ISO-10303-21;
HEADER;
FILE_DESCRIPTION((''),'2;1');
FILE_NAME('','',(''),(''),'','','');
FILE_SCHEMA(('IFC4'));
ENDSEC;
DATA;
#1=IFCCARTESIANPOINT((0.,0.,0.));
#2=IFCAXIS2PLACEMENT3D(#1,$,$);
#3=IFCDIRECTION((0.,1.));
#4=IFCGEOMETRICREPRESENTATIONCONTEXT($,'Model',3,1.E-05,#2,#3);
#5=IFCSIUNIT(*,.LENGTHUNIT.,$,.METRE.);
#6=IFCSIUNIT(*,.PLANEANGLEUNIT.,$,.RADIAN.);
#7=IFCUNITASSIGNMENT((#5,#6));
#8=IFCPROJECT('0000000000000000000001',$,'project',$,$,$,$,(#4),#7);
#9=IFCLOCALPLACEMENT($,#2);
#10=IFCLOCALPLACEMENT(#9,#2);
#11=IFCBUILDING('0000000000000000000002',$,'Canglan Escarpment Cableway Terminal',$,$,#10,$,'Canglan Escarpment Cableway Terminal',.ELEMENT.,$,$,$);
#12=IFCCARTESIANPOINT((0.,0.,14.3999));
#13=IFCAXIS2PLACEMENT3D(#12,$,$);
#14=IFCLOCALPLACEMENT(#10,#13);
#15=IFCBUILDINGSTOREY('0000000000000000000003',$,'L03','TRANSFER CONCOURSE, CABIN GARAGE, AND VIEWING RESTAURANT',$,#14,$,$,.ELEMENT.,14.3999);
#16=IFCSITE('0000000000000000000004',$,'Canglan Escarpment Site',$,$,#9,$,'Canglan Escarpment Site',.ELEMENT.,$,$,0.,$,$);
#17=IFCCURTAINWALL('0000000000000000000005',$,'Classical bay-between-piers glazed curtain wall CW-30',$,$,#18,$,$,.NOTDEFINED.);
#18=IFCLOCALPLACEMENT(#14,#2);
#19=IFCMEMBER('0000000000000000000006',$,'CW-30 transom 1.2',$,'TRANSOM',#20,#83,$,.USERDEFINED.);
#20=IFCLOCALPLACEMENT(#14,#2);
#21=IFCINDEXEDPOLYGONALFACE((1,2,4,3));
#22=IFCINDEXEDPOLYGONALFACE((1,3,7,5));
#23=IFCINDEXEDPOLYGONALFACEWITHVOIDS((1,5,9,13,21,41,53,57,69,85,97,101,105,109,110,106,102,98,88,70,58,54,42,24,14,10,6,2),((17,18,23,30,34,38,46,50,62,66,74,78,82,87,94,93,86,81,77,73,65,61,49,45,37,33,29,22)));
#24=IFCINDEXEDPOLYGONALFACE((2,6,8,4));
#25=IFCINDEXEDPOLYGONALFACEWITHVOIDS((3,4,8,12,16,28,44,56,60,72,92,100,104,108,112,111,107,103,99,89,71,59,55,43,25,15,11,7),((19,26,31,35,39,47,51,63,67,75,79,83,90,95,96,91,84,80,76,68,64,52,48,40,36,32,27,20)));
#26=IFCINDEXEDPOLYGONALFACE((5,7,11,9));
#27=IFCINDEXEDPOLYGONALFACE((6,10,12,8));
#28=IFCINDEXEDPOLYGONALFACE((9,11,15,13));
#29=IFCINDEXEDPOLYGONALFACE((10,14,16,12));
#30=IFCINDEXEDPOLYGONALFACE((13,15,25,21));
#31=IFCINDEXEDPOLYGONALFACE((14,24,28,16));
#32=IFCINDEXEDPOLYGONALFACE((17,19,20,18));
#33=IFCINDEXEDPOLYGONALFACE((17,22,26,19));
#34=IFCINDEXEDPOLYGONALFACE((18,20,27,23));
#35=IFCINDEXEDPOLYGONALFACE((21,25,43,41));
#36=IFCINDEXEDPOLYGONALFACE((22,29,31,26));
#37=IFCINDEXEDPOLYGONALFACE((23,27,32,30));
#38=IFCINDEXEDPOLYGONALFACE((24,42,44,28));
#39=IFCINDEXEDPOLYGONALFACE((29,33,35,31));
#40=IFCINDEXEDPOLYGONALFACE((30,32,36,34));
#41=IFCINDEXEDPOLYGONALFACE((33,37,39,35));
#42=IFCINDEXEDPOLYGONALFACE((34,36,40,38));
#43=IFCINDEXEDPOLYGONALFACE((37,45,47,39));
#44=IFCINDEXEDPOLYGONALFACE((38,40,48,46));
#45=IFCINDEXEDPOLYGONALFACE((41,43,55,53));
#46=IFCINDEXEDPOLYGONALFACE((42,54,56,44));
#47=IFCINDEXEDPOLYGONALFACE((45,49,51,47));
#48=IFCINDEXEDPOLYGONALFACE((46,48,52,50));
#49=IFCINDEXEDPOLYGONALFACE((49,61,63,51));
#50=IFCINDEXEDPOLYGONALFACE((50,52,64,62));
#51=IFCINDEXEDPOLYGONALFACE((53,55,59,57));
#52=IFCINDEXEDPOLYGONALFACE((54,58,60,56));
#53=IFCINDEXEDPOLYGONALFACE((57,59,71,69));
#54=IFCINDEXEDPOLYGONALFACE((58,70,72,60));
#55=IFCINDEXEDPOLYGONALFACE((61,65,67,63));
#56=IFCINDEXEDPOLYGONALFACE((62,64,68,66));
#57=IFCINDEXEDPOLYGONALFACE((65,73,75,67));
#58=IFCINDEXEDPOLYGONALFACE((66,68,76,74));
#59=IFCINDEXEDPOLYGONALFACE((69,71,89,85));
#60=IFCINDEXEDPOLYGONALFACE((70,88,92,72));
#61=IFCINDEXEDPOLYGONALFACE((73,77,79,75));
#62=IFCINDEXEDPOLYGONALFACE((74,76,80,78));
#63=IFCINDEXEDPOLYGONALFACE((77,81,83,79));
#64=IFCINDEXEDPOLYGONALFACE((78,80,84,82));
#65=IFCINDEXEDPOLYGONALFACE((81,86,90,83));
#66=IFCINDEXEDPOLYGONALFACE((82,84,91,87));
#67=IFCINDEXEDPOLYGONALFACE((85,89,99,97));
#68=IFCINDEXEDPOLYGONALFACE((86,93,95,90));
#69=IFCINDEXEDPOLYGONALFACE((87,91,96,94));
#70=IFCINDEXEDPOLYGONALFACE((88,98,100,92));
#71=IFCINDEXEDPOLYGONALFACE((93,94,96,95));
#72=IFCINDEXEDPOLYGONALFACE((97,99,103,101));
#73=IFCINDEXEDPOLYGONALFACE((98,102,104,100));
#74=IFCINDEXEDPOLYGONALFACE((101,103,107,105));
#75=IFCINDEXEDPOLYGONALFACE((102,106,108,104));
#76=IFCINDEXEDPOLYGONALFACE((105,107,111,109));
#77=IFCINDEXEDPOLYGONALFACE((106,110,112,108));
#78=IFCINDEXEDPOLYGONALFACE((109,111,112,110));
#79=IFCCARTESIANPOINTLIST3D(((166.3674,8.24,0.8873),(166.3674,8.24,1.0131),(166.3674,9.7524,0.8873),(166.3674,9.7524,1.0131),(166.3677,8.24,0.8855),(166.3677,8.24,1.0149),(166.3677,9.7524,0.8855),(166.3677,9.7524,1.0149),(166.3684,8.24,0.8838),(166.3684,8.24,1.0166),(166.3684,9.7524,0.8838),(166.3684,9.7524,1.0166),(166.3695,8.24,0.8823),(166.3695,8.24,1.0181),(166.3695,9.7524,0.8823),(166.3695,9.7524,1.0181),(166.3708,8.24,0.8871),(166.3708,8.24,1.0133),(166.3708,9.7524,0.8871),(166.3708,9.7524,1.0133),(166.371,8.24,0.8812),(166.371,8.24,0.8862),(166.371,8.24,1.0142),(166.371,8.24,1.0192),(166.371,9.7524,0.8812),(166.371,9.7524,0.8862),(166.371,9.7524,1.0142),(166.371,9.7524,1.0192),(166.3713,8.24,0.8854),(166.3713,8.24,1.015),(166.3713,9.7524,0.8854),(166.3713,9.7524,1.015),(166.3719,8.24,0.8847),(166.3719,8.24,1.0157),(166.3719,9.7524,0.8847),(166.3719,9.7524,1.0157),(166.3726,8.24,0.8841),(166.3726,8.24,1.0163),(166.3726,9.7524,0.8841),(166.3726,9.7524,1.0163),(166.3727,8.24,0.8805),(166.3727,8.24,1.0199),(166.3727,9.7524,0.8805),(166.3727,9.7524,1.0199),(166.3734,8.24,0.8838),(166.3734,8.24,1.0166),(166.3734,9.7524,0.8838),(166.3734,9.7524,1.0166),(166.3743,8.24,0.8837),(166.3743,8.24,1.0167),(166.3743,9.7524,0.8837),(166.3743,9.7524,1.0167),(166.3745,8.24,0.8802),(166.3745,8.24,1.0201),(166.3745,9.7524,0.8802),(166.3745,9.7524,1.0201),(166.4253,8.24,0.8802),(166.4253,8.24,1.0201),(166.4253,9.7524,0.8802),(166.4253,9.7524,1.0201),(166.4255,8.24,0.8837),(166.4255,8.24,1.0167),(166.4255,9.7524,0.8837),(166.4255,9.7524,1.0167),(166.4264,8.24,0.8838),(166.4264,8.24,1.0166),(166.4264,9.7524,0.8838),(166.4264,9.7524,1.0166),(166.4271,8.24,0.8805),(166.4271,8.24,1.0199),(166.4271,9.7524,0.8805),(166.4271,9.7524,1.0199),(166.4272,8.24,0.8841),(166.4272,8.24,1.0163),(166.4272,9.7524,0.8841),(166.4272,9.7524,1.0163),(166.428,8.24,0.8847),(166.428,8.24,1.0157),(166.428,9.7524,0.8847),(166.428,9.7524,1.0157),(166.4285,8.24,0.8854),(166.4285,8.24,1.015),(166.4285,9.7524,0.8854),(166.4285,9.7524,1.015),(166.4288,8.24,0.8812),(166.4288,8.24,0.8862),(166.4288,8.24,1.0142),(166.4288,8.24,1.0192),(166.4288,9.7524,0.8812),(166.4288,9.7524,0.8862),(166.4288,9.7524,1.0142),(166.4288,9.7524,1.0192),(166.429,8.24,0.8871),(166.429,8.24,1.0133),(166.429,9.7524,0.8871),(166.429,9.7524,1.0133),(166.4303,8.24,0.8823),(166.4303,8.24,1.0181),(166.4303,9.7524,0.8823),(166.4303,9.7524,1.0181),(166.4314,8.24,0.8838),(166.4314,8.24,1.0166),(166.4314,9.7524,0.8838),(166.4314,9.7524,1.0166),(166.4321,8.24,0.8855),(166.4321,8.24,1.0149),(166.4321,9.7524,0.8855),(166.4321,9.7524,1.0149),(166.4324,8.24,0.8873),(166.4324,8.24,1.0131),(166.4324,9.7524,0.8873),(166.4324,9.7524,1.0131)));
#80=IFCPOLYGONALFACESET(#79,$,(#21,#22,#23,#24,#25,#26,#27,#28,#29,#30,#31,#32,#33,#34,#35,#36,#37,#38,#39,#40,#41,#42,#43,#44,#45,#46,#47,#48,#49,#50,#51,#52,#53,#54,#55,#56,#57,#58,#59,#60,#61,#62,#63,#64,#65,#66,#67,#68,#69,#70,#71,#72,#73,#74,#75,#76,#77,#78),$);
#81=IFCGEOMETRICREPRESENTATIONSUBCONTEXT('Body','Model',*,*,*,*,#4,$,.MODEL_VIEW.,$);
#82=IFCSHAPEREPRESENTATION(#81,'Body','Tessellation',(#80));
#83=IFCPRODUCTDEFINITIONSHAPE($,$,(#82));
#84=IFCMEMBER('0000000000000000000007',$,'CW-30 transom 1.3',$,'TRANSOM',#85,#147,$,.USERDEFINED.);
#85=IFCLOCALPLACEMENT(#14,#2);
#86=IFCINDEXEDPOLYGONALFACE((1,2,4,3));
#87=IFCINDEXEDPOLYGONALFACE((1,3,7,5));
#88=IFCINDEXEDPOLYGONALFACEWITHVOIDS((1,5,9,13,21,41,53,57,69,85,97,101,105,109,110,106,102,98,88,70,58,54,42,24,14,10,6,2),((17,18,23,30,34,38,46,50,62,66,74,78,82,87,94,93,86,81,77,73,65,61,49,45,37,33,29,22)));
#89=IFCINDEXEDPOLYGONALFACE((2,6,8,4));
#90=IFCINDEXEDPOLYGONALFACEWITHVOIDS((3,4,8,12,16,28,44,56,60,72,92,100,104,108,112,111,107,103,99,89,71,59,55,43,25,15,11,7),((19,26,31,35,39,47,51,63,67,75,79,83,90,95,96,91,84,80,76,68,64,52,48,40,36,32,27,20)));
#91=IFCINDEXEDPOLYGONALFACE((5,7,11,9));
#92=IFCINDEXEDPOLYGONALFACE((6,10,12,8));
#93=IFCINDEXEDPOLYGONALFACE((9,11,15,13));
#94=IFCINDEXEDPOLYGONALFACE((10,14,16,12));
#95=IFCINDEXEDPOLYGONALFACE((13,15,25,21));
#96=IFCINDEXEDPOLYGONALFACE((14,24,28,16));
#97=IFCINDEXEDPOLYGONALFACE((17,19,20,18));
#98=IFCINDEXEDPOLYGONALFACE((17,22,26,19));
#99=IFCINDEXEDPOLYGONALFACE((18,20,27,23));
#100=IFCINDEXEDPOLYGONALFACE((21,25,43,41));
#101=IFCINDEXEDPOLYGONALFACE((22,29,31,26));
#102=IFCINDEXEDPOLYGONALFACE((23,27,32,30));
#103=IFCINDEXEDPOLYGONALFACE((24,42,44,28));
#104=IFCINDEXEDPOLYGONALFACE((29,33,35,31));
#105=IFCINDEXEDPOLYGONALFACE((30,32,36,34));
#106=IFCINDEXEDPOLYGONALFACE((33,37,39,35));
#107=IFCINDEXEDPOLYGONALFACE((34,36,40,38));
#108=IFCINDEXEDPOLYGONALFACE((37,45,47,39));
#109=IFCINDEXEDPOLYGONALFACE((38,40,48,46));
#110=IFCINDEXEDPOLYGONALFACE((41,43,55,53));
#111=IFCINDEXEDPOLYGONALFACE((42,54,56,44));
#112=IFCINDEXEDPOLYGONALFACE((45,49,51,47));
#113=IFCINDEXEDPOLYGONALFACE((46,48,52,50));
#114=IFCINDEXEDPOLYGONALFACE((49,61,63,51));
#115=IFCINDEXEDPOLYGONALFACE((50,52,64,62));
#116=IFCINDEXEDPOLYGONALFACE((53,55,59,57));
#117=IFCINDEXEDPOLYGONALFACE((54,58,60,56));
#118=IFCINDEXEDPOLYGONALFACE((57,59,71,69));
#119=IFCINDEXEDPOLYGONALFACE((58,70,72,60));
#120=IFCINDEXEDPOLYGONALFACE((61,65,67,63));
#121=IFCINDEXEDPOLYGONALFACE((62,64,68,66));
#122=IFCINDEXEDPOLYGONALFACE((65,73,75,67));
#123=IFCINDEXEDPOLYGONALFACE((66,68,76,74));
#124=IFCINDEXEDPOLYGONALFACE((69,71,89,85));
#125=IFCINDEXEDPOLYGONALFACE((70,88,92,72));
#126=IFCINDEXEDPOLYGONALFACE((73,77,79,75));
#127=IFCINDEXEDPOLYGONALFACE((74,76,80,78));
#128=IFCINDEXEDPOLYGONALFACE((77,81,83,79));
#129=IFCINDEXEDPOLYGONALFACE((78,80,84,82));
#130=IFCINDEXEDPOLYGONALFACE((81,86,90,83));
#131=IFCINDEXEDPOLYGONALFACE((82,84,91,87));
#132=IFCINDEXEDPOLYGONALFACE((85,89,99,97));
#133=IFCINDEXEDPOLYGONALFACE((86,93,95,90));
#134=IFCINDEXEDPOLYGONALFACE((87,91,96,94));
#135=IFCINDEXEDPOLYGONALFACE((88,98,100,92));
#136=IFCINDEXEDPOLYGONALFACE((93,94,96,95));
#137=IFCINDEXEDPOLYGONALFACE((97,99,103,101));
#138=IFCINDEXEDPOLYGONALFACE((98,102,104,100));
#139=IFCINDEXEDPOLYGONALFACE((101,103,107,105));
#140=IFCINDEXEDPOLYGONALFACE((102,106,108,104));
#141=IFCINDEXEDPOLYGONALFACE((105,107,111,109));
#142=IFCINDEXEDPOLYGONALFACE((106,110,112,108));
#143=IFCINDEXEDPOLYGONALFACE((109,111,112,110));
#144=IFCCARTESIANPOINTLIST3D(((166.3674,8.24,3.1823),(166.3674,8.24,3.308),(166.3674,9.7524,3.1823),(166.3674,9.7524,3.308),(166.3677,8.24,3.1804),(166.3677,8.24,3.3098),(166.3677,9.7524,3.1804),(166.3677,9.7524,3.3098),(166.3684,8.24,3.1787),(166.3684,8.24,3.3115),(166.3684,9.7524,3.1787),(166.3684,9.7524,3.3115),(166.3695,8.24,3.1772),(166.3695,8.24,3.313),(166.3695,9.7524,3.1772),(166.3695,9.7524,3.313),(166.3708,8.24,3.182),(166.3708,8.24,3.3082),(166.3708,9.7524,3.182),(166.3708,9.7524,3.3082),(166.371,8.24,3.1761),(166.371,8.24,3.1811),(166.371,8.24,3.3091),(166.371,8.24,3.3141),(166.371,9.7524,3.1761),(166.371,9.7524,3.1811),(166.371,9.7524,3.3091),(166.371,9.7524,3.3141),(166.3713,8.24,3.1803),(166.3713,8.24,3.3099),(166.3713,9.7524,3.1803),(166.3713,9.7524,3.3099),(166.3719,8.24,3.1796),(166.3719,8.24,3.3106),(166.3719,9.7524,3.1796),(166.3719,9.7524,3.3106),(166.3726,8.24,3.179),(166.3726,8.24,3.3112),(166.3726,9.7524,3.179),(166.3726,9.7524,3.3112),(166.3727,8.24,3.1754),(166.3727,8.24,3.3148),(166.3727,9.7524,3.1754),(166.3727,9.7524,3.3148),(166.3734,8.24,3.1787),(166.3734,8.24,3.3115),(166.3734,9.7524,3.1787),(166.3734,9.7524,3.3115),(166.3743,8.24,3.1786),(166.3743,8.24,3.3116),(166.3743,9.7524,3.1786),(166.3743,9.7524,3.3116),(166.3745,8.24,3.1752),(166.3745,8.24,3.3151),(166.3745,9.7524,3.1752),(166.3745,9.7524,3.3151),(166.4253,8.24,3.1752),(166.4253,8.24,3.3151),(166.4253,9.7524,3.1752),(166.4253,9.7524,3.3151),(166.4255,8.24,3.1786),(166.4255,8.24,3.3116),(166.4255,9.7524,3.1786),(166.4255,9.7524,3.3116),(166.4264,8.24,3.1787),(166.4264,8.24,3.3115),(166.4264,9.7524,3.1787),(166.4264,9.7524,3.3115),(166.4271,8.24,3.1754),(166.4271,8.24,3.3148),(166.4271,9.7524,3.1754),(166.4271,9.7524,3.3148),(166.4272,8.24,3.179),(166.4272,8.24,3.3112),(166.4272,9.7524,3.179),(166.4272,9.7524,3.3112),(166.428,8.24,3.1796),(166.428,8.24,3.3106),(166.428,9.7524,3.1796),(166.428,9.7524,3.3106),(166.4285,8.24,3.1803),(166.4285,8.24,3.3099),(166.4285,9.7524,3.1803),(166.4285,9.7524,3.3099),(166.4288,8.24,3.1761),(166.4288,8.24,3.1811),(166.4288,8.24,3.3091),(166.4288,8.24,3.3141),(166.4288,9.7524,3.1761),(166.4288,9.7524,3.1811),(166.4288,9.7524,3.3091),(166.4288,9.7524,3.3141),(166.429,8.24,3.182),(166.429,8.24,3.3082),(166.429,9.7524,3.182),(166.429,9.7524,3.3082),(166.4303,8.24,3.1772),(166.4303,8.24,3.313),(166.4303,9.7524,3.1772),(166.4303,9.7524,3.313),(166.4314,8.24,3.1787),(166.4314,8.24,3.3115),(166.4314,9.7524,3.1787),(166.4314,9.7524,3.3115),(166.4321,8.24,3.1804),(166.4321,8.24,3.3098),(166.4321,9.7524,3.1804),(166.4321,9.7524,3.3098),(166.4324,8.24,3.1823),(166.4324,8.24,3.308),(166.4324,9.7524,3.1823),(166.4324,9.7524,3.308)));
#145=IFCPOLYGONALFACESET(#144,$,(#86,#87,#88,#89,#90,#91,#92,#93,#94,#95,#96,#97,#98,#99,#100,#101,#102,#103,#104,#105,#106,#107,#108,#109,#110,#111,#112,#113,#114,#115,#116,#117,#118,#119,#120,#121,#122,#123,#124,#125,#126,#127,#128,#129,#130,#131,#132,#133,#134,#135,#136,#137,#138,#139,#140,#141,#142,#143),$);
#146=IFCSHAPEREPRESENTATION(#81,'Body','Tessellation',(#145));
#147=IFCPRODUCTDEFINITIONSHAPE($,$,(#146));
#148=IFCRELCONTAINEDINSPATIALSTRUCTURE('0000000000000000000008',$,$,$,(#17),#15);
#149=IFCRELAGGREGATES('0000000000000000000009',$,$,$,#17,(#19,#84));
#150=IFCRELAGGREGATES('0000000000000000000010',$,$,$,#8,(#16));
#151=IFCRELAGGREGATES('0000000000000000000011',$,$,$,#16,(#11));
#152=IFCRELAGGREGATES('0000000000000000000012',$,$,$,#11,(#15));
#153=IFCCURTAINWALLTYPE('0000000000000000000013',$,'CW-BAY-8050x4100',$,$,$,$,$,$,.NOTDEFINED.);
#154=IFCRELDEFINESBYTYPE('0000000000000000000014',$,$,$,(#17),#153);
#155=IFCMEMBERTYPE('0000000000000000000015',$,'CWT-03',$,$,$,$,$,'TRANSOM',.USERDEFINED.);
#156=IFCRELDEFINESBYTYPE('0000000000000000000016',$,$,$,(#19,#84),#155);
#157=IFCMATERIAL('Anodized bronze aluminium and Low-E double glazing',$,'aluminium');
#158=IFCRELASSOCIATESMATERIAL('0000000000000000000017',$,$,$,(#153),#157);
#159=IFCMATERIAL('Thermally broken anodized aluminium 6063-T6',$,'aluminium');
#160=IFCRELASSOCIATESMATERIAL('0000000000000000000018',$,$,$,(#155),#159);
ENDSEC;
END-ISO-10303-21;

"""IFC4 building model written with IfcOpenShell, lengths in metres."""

from ifc_helpers import new_model, si_unit, direction, frame, origin, origin_2d, place, context, subcontext, project, spatial, hollow_rectangle, extrude, material, material_profile, profile_set, type_object, element, aggregate, save


model = new_model("IFC4")

# Units and contexts
model_context = context("Model", 3, precision=1e-05, world=origin(), true_north=direction((0.0, 1.0)))
body_context = subcontext(model_context, "Body", "Model", "MODEL_VIEW")
ifc_project = project(units=[si_unit("LENGTHUNIT", "METRE"), si_unit("PLANEANGLEUNIT", "RADIAN")], contexts=[model_context])

# Site, building, storey
site_placement = place(None, origin())
site = spatial("IfcSite", under=ifc_project, at=site_placement, Name="Canglan Escarpment Site", LongName="Canglan Escarpment Site", CompositionType="ELEMENT", RefElevation=0.0)
building_placement = place(site_placement, origin())
building = spatial("IfcBuilding", under=site, at=building_placement, Name="Canglan Escarpment Cableway Terminal", LongName="Canglan Escarpment Cableway Terminal", CompositionType="ELEMENT")
storey_placement = place(building_placement, frame((0.0, 0.0, 14.3999)))
storey = spatial("IfcBuildingStorey", under=building, at=storey_placement, Name="L03", Description="TRANSFER CONCOURSE, CABIN GARAGE, AND VIEWING RESTAURANT", CompositionType="ELEMENT", Elevation=14.3999)

# Shared definitions
ifc_material_1 = material(Name="Anodized bronze aluminium and Low-E double glazing", Category="aluminium")
ifc_material_2 = material(Name="Thermally broken anodized aluminium 6063-T6", Category="aluminium")

# Curtain wall, members
curtain_wall_type_1 = type_object("IfcCurtainWallType", Name="CW-BAY-8050x4100", PredefinedType="NOTDEFINED", material=ifc_material_1)
curtain_wall_1_placement = place(storey_placement, origin())
curtain_wall_1 = element("IfcCurtainWall", 1, at=curtain_wall_1_placement, inside=storey, type_object=curtain_wall_type_1, Name="Classical bay-between-piers glazed curtain wall CW-30", PredefinedType="NOTDEFINED")
ifc_material_profile_1 = material_profile(ifc_material_2, hollow_rectangle(XDim=0.0649, YDim=0.1399, WallThickness=0.0034, InnerFilletRadius=0.0034, OuterFilletRadius=0.0071, at=origin_2d()), Name="ALU-TRAN 65x140x3.5")
ifc_profile_set_1 = profile_set([ifc_material_profile_1], Name="Thermally broken anodized aluminium 6063-T6")
member_type_1 = type_object("IfcMemberType", Name="CWT-03", ElementType="TRANSOM", PredefinedType="USERDEFINED", material=ifc_profile_set_1)
member_1_placement = place(storey_placement, frame((166.3999, 8.24, 0.9502), z_axis=(0.0, 1.0, 0.0), x_axis=(-1.0, 0.0, 0.0)))
member_1 = element("IfcMember", 2, at=member_1_placement, type_object=member_type_1, Name="CW-30 transom 1.2", ObjectType="TRANSOM", PredefinedType="USERDEFINED", context=body_context, shape_type="SweptSolid", body=[
    extrude(hollow_rectangle(XDim=0.0649, YDim=0.1399, WallThickness=0.0034, InnerFilletRadius=0.0034, OuterFilletRadius=0.0071, at=origin_2d()), origin(), (0.0, 0.0, 1.0), 1.5125),
])
member_2_placement = place(storey_placement, frame((166.3999, 8.24, 3.2451), z_axis=(0.0, 1.0, 0.0), x_axis=(-1.0, 0.0, 0.0)))
member_2 = element("IfcMember", 3, at=member_2_placement, type_object=member_type_1, Name="CW-30 transom 1.3", ObjectType="TRANSOM", PredefinedType="USERDEFINED", context=body_context, shape_type="SweptSolid", body=[
    extrude(hollow_rectangle(XDim=0.0649, YDim=0.1399, WallThickness=0.0034, InnerFilletRadius=0.0034, OuterFilletRadius=0.0071, at=origin_2d()), origin(), (0.0, 0.0, 1.0), 1.5125),
])
aggregate(curtain_wall_1, [member_1, member_2])

save(model, "model.ifc")
